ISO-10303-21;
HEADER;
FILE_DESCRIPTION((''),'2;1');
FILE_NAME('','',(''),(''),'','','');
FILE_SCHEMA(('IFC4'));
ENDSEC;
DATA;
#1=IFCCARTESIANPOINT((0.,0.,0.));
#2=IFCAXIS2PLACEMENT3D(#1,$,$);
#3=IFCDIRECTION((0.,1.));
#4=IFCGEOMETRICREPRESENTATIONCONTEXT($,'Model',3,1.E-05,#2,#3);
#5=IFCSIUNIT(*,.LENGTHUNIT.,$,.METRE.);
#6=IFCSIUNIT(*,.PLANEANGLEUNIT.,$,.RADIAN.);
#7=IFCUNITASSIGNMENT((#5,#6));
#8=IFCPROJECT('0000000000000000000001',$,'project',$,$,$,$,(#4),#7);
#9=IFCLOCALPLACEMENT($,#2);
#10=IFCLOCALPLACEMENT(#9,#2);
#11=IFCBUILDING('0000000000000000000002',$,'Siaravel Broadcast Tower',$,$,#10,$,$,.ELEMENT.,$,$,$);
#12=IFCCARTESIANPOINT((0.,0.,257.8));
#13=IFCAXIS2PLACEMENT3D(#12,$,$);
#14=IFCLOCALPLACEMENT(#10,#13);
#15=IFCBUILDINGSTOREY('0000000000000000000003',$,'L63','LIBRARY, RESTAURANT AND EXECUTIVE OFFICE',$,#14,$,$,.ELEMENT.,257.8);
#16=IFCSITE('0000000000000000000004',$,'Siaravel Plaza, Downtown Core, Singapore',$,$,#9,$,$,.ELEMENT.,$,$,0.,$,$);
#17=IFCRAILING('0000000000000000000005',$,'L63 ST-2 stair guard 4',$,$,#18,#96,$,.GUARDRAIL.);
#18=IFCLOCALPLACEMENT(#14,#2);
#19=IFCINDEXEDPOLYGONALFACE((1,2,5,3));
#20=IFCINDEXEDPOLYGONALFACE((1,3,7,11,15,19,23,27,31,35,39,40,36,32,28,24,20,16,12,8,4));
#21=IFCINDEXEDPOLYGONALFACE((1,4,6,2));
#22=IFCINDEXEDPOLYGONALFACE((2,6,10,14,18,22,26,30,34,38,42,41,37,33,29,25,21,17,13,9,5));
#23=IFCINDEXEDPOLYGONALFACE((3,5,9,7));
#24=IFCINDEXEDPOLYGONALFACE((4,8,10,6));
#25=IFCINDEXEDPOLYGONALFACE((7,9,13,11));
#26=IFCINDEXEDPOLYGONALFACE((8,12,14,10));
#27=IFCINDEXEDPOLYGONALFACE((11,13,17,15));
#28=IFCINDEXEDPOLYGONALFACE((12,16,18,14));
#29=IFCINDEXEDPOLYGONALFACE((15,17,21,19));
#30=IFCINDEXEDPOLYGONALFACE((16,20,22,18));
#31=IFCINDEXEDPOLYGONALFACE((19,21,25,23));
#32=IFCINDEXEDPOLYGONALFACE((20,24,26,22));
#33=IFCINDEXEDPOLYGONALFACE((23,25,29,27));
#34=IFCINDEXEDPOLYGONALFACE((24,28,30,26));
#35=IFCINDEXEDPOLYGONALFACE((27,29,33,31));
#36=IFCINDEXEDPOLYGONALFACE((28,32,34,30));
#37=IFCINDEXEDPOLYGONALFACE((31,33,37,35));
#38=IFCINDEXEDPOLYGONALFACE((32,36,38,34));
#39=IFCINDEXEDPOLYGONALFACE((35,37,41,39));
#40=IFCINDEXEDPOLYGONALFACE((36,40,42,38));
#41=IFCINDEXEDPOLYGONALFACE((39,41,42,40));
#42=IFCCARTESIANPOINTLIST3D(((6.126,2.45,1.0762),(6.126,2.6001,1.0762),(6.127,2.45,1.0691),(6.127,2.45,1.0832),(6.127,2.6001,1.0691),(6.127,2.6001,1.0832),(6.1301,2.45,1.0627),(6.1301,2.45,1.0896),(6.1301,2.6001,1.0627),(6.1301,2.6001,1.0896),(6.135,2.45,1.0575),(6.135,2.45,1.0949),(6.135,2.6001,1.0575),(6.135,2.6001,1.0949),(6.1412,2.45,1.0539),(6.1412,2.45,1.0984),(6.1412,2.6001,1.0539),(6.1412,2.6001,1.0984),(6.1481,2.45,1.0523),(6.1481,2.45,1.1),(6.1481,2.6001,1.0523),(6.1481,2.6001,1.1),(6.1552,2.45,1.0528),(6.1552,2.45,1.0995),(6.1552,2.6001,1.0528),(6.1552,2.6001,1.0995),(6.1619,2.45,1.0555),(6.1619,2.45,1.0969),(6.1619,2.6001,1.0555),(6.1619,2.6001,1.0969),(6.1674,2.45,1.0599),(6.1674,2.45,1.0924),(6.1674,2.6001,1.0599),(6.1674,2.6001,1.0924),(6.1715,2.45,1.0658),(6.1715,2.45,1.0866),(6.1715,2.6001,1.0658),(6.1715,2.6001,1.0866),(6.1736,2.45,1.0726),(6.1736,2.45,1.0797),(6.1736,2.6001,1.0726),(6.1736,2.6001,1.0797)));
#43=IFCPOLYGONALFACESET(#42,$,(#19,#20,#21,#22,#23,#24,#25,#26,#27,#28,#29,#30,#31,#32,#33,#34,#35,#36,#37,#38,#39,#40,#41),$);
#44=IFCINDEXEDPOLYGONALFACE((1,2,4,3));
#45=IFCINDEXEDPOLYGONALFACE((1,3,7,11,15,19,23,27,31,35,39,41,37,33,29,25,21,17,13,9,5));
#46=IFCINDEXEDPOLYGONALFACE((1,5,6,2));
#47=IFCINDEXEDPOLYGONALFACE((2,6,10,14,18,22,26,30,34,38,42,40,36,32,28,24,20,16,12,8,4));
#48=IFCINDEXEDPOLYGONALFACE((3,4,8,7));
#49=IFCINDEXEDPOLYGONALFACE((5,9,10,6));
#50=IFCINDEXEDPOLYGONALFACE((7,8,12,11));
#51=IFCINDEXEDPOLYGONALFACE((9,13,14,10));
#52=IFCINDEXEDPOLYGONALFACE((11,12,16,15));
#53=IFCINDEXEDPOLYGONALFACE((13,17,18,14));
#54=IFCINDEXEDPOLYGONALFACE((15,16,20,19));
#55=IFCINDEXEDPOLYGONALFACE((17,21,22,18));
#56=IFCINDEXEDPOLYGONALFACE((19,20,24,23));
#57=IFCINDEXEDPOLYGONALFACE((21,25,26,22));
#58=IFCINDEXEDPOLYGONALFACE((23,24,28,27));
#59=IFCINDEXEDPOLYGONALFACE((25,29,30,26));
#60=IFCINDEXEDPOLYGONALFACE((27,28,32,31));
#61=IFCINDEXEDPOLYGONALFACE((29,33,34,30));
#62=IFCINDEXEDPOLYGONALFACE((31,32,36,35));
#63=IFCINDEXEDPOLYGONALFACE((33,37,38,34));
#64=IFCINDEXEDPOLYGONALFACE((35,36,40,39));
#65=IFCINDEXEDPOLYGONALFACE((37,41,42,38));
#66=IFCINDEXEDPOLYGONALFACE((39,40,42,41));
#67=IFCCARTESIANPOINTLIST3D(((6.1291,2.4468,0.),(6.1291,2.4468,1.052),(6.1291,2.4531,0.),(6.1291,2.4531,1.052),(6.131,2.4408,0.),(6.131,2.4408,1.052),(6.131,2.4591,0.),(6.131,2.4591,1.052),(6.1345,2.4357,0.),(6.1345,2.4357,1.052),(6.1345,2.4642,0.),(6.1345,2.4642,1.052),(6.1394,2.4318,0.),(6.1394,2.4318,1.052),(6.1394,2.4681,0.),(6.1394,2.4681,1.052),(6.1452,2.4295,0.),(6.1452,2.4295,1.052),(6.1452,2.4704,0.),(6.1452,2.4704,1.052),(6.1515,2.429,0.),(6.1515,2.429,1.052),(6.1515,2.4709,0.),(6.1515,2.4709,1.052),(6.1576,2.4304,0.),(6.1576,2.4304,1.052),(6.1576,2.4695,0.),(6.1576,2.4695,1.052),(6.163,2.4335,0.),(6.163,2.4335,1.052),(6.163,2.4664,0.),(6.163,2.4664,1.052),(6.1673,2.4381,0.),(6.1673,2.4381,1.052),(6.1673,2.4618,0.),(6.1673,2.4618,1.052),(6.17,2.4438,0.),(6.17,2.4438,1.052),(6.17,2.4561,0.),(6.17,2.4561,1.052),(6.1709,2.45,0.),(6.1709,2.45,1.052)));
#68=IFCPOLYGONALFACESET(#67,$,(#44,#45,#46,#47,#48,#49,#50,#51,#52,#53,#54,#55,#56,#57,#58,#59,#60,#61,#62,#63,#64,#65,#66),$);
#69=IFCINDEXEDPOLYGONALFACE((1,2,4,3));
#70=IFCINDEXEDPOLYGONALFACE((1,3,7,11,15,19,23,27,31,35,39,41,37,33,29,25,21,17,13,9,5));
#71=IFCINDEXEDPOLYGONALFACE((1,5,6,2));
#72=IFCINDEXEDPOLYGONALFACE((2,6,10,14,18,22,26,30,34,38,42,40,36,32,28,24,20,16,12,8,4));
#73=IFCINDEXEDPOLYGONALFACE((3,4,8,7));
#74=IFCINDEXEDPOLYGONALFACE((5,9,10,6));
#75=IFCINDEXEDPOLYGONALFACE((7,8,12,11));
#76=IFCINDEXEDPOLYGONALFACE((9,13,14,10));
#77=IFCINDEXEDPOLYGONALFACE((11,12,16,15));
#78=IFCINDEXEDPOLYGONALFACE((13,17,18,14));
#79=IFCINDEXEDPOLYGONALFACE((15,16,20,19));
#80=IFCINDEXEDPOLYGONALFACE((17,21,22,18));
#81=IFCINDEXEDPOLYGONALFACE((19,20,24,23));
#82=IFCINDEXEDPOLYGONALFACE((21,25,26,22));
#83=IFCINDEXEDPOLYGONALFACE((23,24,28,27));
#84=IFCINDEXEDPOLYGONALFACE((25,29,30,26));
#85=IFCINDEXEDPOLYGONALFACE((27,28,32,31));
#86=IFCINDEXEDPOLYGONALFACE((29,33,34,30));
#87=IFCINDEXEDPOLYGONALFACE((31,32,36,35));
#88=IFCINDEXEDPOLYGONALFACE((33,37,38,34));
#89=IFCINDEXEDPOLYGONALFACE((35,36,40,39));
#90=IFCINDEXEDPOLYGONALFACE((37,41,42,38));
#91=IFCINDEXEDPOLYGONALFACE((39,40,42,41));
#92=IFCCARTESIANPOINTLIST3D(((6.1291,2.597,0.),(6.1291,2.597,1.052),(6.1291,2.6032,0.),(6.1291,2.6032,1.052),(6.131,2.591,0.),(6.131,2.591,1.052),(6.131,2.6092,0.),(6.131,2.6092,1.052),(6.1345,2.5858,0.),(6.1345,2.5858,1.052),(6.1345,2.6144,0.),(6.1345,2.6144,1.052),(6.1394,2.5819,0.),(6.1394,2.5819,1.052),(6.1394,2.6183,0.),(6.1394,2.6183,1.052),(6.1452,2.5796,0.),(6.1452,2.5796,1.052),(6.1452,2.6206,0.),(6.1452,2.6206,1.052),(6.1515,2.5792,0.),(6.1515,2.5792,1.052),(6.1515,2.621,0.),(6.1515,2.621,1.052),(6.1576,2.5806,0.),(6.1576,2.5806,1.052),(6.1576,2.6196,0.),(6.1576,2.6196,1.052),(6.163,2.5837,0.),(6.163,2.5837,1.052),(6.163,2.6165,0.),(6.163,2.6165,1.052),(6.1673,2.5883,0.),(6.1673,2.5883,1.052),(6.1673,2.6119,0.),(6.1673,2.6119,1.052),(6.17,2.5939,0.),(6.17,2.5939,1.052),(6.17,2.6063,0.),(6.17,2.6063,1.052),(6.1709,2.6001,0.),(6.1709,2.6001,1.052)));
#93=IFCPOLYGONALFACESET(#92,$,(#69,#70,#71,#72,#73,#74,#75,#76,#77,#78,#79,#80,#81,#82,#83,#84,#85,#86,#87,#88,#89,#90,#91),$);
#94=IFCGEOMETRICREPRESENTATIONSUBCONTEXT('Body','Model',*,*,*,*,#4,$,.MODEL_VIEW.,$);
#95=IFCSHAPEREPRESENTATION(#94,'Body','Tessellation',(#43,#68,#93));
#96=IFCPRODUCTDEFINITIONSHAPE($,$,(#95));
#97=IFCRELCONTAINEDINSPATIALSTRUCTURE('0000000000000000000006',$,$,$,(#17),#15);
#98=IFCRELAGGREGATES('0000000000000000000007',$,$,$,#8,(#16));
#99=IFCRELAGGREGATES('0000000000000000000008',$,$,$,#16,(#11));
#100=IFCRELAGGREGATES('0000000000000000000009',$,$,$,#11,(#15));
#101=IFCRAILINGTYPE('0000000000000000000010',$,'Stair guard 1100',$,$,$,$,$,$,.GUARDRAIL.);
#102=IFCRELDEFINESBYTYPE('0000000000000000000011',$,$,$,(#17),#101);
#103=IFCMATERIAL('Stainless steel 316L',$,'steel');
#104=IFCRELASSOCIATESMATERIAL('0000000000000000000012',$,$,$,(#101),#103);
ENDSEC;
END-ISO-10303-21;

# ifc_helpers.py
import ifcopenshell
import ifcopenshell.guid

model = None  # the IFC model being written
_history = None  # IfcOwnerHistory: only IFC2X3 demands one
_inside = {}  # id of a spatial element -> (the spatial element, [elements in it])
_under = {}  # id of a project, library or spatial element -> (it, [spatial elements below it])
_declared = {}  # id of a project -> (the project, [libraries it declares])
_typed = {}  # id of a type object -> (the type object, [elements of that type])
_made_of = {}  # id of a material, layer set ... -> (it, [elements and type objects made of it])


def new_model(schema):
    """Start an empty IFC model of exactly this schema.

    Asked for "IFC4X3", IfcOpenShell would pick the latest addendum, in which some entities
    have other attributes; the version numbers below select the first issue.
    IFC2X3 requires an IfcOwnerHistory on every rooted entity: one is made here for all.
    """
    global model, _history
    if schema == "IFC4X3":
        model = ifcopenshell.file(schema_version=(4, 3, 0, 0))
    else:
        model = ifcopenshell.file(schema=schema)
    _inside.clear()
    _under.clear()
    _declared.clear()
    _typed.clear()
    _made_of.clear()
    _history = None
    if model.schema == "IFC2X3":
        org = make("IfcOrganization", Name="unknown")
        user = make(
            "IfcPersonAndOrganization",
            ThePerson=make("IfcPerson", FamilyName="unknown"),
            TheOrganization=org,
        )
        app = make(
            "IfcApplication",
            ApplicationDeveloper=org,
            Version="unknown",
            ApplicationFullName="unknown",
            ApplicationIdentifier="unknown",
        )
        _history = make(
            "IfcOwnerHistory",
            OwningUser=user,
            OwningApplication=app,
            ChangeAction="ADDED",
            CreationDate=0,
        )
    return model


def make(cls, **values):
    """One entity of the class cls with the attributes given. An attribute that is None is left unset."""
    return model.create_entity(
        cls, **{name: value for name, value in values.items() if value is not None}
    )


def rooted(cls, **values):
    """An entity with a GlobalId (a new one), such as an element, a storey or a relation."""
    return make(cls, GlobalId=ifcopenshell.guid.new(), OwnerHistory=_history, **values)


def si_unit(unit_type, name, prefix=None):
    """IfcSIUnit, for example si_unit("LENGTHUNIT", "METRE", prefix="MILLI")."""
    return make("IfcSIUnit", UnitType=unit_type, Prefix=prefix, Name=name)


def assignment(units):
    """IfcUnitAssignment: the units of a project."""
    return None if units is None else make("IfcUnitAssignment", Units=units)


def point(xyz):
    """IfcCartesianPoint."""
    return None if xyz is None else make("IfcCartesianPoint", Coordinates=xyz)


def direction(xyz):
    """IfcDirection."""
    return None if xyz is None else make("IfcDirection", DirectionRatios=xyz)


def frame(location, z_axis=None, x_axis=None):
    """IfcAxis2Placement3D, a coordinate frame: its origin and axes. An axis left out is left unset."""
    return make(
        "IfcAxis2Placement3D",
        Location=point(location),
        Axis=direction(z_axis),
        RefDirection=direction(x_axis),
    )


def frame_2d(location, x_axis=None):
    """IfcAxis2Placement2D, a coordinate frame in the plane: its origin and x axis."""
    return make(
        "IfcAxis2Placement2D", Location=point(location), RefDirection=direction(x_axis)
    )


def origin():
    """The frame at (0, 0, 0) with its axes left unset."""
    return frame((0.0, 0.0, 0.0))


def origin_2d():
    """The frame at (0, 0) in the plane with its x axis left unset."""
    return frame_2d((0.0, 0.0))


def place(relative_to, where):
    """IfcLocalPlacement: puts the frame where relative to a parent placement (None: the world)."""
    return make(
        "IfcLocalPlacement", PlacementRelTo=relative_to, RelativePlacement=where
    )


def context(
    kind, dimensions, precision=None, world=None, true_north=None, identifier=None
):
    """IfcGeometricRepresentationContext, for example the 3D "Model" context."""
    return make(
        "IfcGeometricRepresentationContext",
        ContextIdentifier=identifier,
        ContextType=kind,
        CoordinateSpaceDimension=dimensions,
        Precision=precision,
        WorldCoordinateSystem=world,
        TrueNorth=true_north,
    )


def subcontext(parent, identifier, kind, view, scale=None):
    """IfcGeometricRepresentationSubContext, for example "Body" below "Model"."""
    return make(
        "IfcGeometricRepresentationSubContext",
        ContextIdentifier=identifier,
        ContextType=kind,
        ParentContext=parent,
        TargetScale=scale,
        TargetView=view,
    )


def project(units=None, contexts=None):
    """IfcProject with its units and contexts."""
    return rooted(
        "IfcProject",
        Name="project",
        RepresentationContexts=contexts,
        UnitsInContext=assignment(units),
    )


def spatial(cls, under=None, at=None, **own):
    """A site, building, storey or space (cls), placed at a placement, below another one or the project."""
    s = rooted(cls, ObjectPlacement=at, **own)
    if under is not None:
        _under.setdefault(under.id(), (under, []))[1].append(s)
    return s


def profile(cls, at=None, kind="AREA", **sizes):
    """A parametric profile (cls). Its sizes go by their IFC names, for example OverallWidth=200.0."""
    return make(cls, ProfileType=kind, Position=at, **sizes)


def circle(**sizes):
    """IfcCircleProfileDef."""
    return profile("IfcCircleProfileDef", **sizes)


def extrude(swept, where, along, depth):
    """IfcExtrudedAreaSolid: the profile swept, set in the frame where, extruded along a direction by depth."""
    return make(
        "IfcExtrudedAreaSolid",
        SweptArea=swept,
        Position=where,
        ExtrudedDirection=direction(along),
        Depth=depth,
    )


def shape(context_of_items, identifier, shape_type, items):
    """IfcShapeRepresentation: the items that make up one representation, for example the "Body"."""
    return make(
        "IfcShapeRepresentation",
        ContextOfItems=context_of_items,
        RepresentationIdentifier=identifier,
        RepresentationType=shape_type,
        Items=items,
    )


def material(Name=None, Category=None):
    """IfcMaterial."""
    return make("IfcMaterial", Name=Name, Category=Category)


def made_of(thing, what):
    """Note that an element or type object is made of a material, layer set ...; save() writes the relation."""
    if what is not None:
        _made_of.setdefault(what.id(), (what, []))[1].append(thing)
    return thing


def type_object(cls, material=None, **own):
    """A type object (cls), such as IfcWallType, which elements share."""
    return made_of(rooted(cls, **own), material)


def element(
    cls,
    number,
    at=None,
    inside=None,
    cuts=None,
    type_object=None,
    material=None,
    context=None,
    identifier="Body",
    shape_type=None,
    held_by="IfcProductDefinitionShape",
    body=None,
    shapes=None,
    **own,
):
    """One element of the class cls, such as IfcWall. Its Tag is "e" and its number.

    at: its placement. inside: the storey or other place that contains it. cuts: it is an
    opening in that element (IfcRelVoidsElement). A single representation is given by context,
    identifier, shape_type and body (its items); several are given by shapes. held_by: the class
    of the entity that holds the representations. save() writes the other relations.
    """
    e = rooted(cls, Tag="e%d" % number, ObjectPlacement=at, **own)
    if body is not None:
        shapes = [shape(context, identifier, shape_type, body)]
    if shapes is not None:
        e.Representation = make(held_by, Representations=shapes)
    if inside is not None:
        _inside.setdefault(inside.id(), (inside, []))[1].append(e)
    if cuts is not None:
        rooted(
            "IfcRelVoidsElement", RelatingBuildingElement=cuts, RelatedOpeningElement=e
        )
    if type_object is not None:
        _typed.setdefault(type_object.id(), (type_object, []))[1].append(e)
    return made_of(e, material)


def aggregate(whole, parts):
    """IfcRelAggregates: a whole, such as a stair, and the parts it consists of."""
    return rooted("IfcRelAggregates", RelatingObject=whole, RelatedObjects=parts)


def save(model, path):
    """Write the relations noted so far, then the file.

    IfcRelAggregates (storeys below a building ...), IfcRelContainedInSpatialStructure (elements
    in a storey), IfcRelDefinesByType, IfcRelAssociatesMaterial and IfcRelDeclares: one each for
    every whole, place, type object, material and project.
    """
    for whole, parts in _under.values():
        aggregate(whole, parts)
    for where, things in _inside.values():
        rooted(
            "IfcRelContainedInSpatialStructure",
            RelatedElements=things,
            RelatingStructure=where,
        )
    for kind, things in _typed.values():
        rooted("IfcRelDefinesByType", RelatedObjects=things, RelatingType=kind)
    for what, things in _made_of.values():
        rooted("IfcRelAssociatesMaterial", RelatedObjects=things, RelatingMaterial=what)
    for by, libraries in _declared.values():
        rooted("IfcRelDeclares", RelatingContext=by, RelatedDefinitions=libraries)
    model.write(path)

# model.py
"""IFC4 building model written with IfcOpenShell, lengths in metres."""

from ifc_helpers import new_model, si_unit, direction, frame, origin, origin_2d, place, context, subcontext, project, spatial, circle, extrude, material, type_object, element, save


model = new_model("IFC4")

# Units and contexts
model_context = context("Model", 3, precision=1e-05, world=origin(), true_north=direction((0.0, 1.0)))
body_context = subcontext(model_context, "Body", "Model", "MODEL_VIEW")
ifc_project = project(units=[si_unit("LENGTHUNIT", "METRE"), si_unit("PLANEANGLEUNIT", "RADIAN")], contexts=[model_context])

# Site, building, storey
site_placement = place(None, origin())
site = spatial("IfcSite", under=ifc_project, at=site_placement, Name="Siaravel Plaza, Downtown Core, Singapore", CompositionType="ELEMENT", RefElevation=0.0)
building_placement = place(site_placement, origin())
building = spatial("IfcBuilding", under=site, at=building_placement, Name="Siaravel Broadcast Tower", CompositionType="ELEMENT")
storey_placement = place(building_placement, frame((0.0, 0.0, 257.8)))
storey = spatial("IfcBuildingStorey", under=building, at=storey_placement, Name="L63", Description="LIBRARY, RESTAURANT AND EXECUTIVE OFFICE", CompositionType="ELEMENT", Elevation=257.8)

# Railing
ifc_material_1 = material(Name="Stainless steel 316L", Category="steel")
railing_type_1 = type_object("IfcRailingType", Name="Stair guard 1100", PredefinedType="GUARDRAIL", material=ifc_material_1)
railing_1_placement = place(storey_placement, frame((6.1499, 2.45, 0.0)))
element("IfcRailing", 1, at=railing_1_placement, inside=storey, type_object=railing_type_1, Name="L63 ST-2 stair guard 4", PredefinedType="GUARDRAIL", context=body_context, shape_type="SweptSolid", body=[
    extrude(circle(Radius=0.0239, at=origin_2d()), frame((0.0, 0.0, 1.0762), z_axis=(0.0, 1.0, 0.0), x_axis=(-1.0, 0.0, 0.0)), (0.0, 0.0, 1.0), 0.1501),
    extrude(circle(Radius=0.021, at=origin_2d()), origin(), (0.0, 0.0, 1.0), 1.052),
    extrude(circle(Radius=0.021, at=origin_2d()), frame((0.0, 0.1501, 0.0)), (0.0, 0.0, 1.0), 1.052),
])

save(model, "model.ifc")
